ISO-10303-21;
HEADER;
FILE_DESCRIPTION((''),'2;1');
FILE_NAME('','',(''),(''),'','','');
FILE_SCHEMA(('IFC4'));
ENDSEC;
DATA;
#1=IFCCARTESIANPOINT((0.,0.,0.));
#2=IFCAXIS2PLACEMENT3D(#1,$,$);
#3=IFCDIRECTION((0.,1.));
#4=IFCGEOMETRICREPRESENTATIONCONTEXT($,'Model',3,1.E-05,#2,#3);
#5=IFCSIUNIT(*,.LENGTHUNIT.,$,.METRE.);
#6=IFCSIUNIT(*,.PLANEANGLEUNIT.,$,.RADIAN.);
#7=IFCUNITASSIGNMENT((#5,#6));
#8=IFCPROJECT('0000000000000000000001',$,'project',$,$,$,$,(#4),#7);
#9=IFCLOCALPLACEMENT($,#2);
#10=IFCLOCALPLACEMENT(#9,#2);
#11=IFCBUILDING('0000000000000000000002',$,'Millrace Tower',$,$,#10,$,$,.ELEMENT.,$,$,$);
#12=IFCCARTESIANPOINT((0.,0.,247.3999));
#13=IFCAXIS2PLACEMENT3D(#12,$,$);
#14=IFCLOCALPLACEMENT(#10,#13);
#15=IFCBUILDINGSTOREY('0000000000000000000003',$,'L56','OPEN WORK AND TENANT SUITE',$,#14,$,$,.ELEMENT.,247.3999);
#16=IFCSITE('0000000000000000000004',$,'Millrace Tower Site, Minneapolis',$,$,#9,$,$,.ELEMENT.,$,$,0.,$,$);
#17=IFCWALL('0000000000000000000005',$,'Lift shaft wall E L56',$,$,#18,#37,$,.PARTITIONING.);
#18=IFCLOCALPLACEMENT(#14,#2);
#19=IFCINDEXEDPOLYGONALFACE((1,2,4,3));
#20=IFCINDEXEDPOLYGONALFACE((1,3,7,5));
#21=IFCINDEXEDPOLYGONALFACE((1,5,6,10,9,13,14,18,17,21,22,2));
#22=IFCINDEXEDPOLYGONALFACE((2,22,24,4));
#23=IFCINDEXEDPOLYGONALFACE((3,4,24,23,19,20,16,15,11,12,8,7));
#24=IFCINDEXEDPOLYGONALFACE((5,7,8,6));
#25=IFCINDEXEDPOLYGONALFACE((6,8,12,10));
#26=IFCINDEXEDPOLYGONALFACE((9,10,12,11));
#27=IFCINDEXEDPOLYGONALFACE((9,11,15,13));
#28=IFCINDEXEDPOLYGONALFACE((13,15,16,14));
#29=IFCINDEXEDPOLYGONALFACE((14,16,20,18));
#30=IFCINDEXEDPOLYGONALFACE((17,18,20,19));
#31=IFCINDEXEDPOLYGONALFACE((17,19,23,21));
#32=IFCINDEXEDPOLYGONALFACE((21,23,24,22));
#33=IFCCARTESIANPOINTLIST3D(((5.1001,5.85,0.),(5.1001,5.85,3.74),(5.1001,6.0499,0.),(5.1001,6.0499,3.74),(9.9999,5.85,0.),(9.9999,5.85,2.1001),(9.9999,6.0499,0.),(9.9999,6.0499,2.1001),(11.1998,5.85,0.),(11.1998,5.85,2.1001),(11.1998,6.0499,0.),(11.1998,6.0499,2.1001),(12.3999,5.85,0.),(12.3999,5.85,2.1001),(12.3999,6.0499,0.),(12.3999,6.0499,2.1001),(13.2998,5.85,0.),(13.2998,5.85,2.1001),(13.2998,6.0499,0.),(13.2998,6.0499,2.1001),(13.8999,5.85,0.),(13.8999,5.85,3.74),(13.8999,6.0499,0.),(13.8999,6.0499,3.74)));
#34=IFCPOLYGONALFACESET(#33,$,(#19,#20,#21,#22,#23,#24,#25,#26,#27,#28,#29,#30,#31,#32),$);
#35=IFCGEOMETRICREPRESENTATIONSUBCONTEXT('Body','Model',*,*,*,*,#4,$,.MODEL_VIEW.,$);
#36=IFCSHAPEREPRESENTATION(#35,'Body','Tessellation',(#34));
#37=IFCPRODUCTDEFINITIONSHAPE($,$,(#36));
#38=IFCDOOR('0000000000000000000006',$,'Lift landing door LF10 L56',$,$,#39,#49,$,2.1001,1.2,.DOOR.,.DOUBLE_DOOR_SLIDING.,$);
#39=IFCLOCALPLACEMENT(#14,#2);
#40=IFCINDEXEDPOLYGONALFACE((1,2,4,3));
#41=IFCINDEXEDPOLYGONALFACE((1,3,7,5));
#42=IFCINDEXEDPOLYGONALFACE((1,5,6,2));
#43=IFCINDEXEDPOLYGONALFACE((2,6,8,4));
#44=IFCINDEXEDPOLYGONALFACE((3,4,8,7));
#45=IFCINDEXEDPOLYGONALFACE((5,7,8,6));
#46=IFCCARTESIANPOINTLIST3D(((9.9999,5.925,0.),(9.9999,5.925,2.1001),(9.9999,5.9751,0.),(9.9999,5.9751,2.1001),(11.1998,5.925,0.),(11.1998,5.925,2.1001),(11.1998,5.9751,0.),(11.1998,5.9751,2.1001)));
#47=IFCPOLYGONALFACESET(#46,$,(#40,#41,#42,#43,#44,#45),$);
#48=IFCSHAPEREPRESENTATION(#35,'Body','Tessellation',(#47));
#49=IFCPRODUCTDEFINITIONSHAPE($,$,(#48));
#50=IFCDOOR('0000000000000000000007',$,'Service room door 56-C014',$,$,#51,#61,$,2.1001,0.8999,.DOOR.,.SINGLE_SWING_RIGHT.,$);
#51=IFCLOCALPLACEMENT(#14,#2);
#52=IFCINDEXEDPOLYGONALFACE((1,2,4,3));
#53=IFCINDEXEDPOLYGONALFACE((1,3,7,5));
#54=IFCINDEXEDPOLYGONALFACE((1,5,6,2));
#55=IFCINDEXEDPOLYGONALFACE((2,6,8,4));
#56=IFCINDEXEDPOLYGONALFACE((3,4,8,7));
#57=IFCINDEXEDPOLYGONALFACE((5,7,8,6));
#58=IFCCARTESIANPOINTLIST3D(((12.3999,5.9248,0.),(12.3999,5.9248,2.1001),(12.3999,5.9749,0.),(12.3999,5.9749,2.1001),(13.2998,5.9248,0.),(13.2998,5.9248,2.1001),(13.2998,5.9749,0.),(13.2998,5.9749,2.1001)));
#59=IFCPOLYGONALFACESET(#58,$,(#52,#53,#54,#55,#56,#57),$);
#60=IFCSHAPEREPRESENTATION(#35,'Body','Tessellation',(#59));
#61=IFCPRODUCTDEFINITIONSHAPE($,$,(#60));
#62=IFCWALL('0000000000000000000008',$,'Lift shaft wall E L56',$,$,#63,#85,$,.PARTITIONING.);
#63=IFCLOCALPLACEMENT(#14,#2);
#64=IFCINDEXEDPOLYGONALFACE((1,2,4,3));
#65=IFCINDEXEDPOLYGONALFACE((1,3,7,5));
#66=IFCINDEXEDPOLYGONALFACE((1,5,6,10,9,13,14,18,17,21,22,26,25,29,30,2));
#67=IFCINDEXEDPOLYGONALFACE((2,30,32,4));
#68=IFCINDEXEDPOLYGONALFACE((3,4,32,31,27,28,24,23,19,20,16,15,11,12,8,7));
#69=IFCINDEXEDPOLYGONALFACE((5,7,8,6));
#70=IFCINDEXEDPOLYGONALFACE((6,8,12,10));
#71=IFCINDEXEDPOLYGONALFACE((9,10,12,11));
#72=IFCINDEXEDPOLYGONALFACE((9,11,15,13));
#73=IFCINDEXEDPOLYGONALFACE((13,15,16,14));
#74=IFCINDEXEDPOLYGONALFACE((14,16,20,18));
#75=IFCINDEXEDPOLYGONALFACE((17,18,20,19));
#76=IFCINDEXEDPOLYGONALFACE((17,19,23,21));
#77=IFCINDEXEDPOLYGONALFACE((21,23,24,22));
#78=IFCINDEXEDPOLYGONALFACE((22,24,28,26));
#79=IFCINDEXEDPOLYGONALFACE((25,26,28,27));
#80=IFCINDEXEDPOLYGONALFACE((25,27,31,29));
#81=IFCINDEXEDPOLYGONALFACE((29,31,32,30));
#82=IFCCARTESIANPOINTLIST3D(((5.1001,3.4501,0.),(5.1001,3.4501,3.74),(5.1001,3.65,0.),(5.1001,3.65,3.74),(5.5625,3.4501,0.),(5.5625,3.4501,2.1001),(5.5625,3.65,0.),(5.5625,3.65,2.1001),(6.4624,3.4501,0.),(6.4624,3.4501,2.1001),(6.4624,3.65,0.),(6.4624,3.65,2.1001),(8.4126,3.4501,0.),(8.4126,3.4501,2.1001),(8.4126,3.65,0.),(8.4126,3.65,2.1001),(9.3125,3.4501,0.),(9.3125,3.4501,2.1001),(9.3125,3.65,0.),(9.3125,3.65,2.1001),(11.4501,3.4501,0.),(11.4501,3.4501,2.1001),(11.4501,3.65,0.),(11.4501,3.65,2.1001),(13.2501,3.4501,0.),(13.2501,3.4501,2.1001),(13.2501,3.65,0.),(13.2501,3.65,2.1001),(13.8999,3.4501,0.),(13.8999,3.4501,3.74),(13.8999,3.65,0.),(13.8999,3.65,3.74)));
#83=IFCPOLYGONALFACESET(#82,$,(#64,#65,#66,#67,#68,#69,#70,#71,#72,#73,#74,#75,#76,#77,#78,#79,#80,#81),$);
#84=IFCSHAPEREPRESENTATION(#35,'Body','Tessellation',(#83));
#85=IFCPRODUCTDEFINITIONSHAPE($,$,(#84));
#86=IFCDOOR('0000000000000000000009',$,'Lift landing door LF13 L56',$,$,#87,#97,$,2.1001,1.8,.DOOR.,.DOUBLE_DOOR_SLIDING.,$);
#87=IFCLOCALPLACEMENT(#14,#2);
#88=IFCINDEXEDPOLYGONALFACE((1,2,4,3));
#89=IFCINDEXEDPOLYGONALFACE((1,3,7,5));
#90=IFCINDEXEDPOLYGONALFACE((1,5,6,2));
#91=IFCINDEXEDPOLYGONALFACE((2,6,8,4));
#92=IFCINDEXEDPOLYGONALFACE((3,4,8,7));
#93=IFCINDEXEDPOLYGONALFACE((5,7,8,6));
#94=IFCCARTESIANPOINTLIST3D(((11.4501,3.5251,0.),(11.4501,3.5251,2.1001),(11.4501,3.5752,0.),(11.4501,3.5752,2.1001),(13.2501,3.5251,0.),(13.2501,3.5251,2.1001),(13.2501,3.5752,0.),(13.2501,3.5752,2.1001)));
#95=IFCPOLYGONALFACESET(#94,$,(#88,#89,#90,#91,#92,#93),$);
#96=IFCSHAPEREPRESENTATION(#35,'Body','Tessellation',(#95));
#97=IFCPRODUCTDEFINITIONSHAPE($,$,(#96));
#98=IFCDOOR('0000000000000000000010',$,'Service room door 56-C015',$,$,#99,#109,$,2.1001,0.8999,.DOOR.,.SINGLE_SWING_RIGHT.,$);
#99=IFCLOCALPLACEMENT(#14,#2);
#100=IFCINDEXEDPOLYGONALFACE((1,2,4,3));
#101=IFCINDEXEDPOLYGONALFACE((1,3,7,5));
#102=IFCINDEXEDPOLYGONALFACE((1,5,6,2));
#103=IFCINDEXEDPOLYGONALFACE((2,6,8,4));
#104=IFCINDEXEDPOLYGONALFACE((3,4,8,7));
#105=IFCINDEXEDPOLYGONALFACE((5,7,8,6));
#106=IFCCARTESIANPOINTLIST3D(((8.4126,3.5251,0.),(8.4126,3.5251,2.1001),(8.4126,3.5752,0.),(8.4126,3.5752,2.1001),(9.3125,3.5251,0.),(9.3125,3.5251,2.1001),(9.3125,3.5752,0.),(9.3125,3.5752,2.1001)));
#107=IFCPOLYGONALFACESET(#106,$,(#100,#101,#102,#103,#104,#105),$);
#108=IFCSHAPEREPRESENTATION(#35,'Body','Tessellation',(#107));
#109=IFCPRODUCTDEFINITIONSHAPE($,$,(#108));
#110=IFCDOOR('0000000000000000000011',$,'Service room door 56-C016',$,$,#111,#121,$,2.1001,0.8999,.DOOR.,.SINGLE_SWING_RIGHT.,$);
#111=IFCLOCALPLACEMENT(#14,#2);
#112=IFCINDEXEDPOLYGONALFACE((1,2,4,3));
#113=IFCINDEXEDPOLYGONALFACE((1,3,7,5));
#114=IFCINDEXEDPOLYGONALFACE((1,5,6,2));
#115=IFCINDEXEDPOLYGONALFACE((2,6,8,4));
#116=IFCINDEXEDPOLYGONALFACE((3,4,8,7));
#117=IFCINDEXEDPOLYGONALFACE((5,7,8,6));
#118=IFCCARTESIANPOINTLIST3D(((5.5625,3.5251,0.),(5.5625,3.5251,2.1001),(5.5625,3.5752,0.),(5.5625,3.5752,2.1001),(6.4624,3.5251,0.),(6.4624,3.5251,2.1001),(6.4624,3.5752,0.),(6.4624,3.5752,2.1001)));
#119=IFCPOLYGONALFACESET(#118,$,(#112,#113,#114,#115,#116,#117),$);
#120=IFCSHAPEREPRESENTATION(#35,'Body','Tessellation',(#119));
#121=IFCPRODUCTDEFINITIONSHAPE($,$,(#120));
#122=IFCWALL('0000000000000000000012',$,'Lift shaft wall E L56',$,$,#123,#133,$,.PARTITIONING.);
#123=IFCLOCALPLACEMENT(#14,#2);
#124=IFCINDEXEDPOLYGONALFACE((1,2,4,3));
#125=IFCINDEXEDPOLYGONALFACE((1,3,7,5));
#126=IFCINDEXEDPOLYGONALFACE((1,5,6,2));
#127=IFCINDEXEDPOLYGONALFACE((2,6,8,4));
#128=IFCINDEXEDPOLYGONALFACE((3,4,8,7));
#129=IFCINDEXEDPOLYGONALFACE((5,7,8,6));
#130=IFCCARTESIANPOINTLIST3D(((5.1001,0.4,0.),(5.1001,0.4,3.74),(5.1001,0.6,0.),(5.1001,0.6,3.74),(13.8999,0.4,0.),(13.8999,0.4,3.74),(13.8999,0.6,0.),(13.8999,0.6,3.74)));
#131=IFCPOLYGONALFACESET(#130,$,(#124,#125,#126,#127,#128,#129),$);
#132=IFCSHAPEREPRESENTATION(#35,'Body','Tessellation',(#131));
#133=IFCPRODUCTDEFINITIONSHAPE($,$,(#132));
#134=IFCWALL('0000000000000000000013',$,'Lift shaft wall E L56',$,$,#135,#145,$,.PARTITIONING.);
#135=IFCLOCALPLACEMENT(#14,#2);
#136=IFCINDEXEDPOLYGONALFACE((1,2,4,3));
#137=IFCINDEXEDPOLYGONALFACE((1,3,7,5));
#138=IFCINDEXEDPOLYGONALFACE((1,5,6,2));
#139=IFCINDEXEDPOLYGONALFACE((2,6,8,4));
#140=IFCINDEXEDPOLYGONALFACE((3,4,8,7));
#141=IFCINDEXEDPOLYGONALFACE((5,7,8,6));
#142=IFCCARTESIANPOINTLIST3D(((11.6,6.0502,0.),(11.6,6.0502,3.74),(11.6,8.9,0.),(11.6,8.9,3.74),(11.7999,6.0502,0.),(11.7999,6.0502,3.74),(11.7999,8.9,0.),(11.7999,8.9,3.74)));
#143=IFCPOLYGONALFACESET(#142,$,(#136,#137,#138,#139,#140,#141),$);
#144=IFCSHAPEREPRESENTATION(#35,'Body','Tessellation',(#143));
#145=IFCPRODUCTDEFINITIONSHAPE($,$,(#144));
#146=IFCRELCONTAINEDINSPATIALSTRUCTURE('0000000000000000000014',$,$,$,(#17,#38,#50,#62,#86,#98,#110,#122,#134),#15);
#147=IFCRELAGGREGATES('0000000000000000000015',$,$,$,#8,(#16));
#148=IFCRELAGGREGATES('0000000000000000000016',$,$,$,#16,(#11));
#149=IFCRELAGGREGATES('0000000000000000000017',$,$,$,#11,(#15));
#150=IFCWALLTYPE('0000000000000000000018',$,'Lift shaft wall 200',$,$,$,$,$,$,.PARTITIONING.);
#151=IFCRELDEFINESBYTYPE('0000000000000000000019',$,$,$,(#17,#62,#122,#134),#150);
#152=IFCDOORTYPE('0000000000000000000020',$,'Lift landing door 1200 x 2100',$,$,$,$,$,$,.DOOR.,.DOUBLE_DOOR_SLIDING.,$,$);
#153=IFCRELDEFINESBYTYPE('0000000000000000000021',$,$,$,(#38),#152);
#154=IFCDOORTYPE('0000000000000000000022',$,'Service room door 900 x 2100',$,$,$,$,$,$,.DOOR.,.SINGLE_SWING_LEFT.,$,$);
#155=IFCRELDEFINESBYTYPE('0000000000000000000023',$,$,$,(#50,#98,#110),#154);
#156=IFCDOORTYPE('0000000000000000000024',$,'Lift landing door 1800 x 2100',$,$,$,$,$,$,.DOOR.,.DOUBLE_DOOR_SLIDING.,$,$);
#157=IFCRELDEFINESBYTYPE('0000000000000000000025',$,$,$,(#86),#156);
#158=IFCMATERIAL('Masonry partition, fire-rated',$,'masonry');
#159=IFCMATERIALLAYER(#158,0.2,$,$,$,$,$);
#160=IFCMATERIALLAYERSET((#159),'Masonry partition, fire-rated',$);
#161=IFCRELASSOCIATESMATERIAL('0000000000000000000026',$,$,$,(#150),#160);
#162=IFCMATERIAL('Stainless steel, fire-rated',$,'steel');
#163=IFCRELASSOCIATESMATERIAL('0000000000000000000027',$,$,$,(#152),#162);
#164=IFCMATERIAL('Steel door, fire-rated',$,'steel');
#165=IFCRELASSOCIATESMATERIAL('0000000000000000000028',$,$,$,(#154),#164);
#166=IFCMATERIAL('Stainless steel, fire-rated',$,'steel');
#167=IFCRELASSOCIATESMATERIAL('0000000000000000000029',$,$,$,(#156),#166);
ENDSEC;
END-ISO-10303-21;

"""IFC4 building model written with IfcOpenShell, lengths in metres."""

from ifc_helpers import new_model, si_unit, direction, frame, frame_2d, origin, place, context, subcontext, project, spatial, rectangle, extrude, material, layer, layer_set, type_object, element, fill, save


model = new_model("IFC4")

# Units and contexts
model_context = context("Model", 3, precision=1e-05, world=origin(), true_north=direction((0.0, 1.0)))
body_context = subcontext(model_context, "Body", "Model", "MODEL_VIEW")
ifc_project = project(units=[si_unit("LENGTHUNIT", "METRE"), si_unit("PLANEANGLEUNIT", "RADIAN")], contexts=[model_context])

# Site, building, storey
site_placement = place(None, origin())
site = spatial("IfcSite", under=ifc_project, at=site_placement, Name="Millrace Tower Site, Minneapolis", CompositionType="ELEMENT", RefElevation=0.0)
building_placement = place(site_placement, origin())
building = spatial("IfcBuilding", under=site, at=building_placement, Name="Millrace Tower", CompositionType="ELEMENT")
storey_placement = place(building_placement, frame((0.0, 0.0, 247.3999)))
storey = spatial("IfcBuildingStorey", under=building, at=storey_placement, Name="L56", Description="OPEN WORK AND TENANT SUITE", CompositionType="ELEMENT", Elevation=247.3999)

# Walls, openings, doors
ifc_material_1 = material(Name="Masonry partition, fire-rated", Category="masonry")
ifc_layer_1 = layer(ifc_material_1, 0.2)
ifc_layer_set_1 = layer_set([ifc_layer_1], Name="Masonry partition, fire-rated")
wall_type_1 = type_object("IfcWallType", Name="Lift shaft wall 200", PredefinedType="PARTITIONING", material=ifc_layer_set_1)
wall_1_placement = place(storey_placement, frame((13.8999, 5.95, 0.0), z_axis=(0.0, 0.0, 1.0), x_axis=(-1.0, 0.0, 0.0)))
wall_1 = element("IfcWall", 1, at=wall_1_placement, inside=storey, type_object=wall_type_1, Name="Lift shaft wall E L56", PredefinedType="PARTITIONING", context=body_context, shape_type="SweptSolid", body=[
    extrude(rectangle(XDim=8.7998, YDim=0.2, at=frame_2d((4.3999, 0.0))), origin(), (0.0, 0.0, 1.0), 3.74),
])
opening_1_placement = place(wall_1_placement, frame((2.7, 0.0, 0.0)))
opening_1 = element("IfcOpeningElement", 2, at=opening_1_placement, cuts=wall_1, PredefinedType="OPENING", context=body_context, shape_type="SweptSolid", body=[
    extrude(rectangle(XDim=1.2, YDim=2.1001, at=frame_2d((0.6001, 1.05))), frame((0.0, 0.1099, 0.0), z_axis=(0.0, -1.0, 0.0), x_axis=(1.0, 0.0, 0.0)), (0.0, 0.0, 1.0), 0.22),
])
opening_2_placement = place(wall_1_placement, frame((0.6001, 0.0, 0.0)))
opening_2 = element("IfcOpeningElement", 3, at=opening_2_placement, cuts=wall_1, PredefinedType="OPENING", context=body_context, shape_type="SweptSolid", body=[
    extrude(rectangle(XDim=0.8999, YDim=2.1001, at=frame_2d((0.45, 1.05))), frame((0.0, 0.1099, 0.0), z_axis=(0.0, -1.0, 0.0), x_axis=(1.0, 0.0, 0.0)), (0.0, 0.0, 1.0), 0.22),
])
ifc_material_2 = material(Name="Stainless steel, fire-rated", Category="steel")
door_type_1 = type_object("IfcDoorType", Name="Lift landing door 1200 x 2100", OperationType="DOUBLE_DOOR_SLIDING", PredefinedType="DOOR", material=ifc_material_2)
door_1_placement = place(opening_1_placement, origin())
door_1 = element("IfcDoor", 4, at=door_1_placement, inside=storey, type_object=door_type_1, Name="Lift landing door LF10 L56", OperationType="DOUBLE_DOOR_SLIDING", OverallHeight=2.1001, OverallWidth=1.2, PredefinedType="DOOR", context=body_context, shape_type="SweptSolid", body=[
    extrude(rectangle(XDim=1.2, YDim=2.1001, at=frame_2d((0.6001, 1.05))), frame((0.0, 0.0249, 0.0), z_axis=(0.0, -1.0, 0.0), x_axis=(1.0, 0.0, 0.0)), (0.0, 0.0, 1.0), 0.05),
])
fill(opening_1, door_1)
ifc_material_3 = material(Name="Steel door, fire-rated", Category="steel")
door_type_2 = type_object("IfcDoorType", Name="Service room door 900 x 2100", OperationType="SINGLE_SWING_LEFT", PredefinedType="DOOR", material=ifc_material_3)
door_2_placement = place(opening_2_placement, frame((0.8999, 0.0, 0.0), z_axis=(0.0, 0.0, 1.0), x_axis=(-1.0, 0.0, 0.0)))
door_2 = element("IfcDoor", 5, at=door_2_placement, inside=storey, type_object=door_type_2, Name="Service room door 56-C014", OperationType="SINGLE_SWING_RIGHT", OverallHeight=2.1001, OverallWidth=0.8999, PredefinedType="DOOR", context=body_context, shape_type="SweptSolid", body=[
    extrude(rectangle(XDim=0.8999, YDim=2.1001, at=frame_2d((0.45, 1.05))), frame((0.0, 0.0249, 0.0), z_axis=(0.0, -1.0, 0.0), x_axis=(1.0, 0.0, 0.0)), (0.0, 0.0, 1.0), 0.05),
])
fill(opening_2, door_2)
wall_2_placement = place(storey_placement, frame((13.8999, 3.55, 0.0), z_axis=(0.0, 0.0, 1.0), x_axis=(-1.0, 0.0, 0.0)))
wall_2 = element("IfcWall", 6, at=wall_2_placement, inside=storey, type_object=wall_type_1, Name="Lift shaft wall E L56", PredefinedType="PARTITIONING", context=body_context, shape_type="SweptSolid", body=[
    extrude(rectangle(XDim=8.7998, YDim=0.2, at=frame_2d((4.3999, 0.0))), origin(), (0.0, 0.0, 1.0), 3.74),
])
opening_3_placement = place(wall_2_placement, frame((0.6499, 0.0, 0.0)))
opening_3 = element("IfcOpeningElement", 7, at=opening_3_placement, cuts=wall_2, PredefinedType="OPENING", context=body_context, shape_type="SweptSolid", body=[
    extrude(rectangle(XDim=1.8, YDim=2.1001, at=frame_2d((0.8999, 1.05))), frame((0.0, 0.1099, 0.0), z_axis=(0.0, -1.0, 0.0), x_axis=(1.0, 0.0, 0.0)), (0.0, 0.0, 1.0), 0.22),
])
opening_4_placement = place(wall_2_placement, frame((4.5874, 0.0, 0.0)))
opening_4 = element("IfcOpeningElement", 8, at=opening_4_placement, cuts=wall_2, PredefinedType="OPENING", context=body_context, shape_type="SweptSolid", body=[
    extrude(rectangle(XDim=0.8999, YDim=2.1001, at=frame_2d((0.45, 1.05))), frame((0.0, 0.1099, 0.0), z_axis=(0.0, -1.0, 0.0), x_axis=(1.0, 0.0, 0.0)), (0.0, 0.0, 1.0), 0.22),
])
opening_5_placement = place(wall_2_placement, frame((7.4375, 0.0, 0.0)))
opening_5 = element("IfcOpeningElement", 9, at=opening_5_placement, cuts=wall_2, PredefinedType="OPENING", context=body_context, shape_type="SweptSolid", body=[
    extrude(rectangle(XDim=0.8999, YDim=2.1001, at=frame_2d((0.45, 1.05))), frame((0.0, 0.1099, 0.0), z_axis=(0.0, -1.0, 0.0), x_axis=(1.0, 0.0, 0.0)), (0.0, 0.0, 1.0), 0.22),
])
ifc_material_4 = material(Name="Stainless steel, fire-rated", Category="steel")
door_type_3 = type_object("IfcDoorType", Name="Lift landing door 1800 x 2100", OperationType="DOUBLE_DOOR_SLIDING", PredefinedType="DOOR", material=ifc_material_4)
door_3_placement = place(opening_3_placement, origin())
door_3 = element("IfcDoor", 10, at=door_3_placement, inside=storey, type_object=door_type_3, Name="Lift landing door LF13 L56", OperationType="DOUBLE_DOOR_SLIDING", OverallHeight=2.1001, OverallWidth=1.8, PredefinedType="DOOR", context=body_context, shape_type="SweptSolid", body=[
    extrude(rectangle(XDim=1.8, YDim=2.1001, at=frame_2d((0.8999, 1.05))), frame((0.0, 0.0249, 0.0), z_axis=(0.0, -1.0, 0.0), x_axis=(1.0, 0.0, 0.0)), (0.0, 0.0, 1.0), 0.05),
])
fill(opening_3, door_3)
door_4_placement = place(opening_4_placement, origin())
door_4 = element("IfcDoor", 11, at=door_4_placement, inside=storey, type_object=door_type_2, Name="Service room door 56-C015", OperationType="SINGLE_SWING_RIGHT", OverallHeight=2.1001, OverallWidth=0.8999, PredefinedType="DOOR", context=body_context, shape_type="SweptSolid", body=[
    extrude(rectangle(XDim=0.8999, YDim=2.1001, at=frame_2d((0.45, 1.05))), frame((0.0, 0.0249, 0.0), z_axis=(0.0, -1.0, 0.0), x_axis=(1.0, 0.0, 0.0)), (0.0, 0.0, 1.0), 0.05),
])
fill(opening_4, door_4)
door_5_placement = place(opening_5_placement, origin())
door_5 = element("IfcDoor", 12, at=door_5_placement, inside=storey, type_object=door_type_2, Name="Service room door 56-C016", OperationType="SINGLE_SWING_RIGHT", OverallHeight=2.1001, OverallWidth=0.8999, PredefinedType="DOOR", context=body_context, shape_type="SweptSolid", body=[
    extrude(rectangle(XDim=0.8999, YDim=2.1001, at=frame_2d((0.45, 1.05))), frame((0.0, 0.0249, 0.0), z_axis=(0.0, -1.0, 0.0), x_axis=(1.0, 0.0, 0.0)), (0.0, 0.0, 1.0), 0.05),
])
fill(opening_5, door_5)

# Walls
wall_3_placement = place(storey_placement, frame((13.8999, 0.5, 0.0), z_axis=(0.0, 0.0, 1.0), x_axis=(-1.0, 0.0, 0.0)))
element("IfcWall", 13, at=wall_3_placement, inside=storey, type_object=wall_type_1, Name="Lift shaft wall E L56", PredefinedType="PARTITIONING", context=body_context, shape_type="SweptSolid", body=[
    extrude(rectangle(XDim=8.7998, YDim=0.2, at=frame_2d((4.3999, 0.0))), origin(), (0.0, 0.0, 1.0), 3.74),
])
wall_4_placement = place(storey_placement, frame((11.7, 8.8999, 0.0), z_axis=(0.0, 0.0, 1.0), x_axis=(0.0, -1.0, 0.0)))
element("IfcWall", 14, at=wall_4_placement, inside=storey, type_object=wall_type_1, Name="Lift shaft wall E L56", PredefinedType="PARTITIONING", context=body_context, shape_type="SweptSolid", body=[
    extrude(rectangle(XDim=2.8499, YDim=0.2, at=frame_2d((1.4248, 0.0))), origin(), (0.0, 0.0, 1.0), 3.74),
])

save(model, "model.ifc")
